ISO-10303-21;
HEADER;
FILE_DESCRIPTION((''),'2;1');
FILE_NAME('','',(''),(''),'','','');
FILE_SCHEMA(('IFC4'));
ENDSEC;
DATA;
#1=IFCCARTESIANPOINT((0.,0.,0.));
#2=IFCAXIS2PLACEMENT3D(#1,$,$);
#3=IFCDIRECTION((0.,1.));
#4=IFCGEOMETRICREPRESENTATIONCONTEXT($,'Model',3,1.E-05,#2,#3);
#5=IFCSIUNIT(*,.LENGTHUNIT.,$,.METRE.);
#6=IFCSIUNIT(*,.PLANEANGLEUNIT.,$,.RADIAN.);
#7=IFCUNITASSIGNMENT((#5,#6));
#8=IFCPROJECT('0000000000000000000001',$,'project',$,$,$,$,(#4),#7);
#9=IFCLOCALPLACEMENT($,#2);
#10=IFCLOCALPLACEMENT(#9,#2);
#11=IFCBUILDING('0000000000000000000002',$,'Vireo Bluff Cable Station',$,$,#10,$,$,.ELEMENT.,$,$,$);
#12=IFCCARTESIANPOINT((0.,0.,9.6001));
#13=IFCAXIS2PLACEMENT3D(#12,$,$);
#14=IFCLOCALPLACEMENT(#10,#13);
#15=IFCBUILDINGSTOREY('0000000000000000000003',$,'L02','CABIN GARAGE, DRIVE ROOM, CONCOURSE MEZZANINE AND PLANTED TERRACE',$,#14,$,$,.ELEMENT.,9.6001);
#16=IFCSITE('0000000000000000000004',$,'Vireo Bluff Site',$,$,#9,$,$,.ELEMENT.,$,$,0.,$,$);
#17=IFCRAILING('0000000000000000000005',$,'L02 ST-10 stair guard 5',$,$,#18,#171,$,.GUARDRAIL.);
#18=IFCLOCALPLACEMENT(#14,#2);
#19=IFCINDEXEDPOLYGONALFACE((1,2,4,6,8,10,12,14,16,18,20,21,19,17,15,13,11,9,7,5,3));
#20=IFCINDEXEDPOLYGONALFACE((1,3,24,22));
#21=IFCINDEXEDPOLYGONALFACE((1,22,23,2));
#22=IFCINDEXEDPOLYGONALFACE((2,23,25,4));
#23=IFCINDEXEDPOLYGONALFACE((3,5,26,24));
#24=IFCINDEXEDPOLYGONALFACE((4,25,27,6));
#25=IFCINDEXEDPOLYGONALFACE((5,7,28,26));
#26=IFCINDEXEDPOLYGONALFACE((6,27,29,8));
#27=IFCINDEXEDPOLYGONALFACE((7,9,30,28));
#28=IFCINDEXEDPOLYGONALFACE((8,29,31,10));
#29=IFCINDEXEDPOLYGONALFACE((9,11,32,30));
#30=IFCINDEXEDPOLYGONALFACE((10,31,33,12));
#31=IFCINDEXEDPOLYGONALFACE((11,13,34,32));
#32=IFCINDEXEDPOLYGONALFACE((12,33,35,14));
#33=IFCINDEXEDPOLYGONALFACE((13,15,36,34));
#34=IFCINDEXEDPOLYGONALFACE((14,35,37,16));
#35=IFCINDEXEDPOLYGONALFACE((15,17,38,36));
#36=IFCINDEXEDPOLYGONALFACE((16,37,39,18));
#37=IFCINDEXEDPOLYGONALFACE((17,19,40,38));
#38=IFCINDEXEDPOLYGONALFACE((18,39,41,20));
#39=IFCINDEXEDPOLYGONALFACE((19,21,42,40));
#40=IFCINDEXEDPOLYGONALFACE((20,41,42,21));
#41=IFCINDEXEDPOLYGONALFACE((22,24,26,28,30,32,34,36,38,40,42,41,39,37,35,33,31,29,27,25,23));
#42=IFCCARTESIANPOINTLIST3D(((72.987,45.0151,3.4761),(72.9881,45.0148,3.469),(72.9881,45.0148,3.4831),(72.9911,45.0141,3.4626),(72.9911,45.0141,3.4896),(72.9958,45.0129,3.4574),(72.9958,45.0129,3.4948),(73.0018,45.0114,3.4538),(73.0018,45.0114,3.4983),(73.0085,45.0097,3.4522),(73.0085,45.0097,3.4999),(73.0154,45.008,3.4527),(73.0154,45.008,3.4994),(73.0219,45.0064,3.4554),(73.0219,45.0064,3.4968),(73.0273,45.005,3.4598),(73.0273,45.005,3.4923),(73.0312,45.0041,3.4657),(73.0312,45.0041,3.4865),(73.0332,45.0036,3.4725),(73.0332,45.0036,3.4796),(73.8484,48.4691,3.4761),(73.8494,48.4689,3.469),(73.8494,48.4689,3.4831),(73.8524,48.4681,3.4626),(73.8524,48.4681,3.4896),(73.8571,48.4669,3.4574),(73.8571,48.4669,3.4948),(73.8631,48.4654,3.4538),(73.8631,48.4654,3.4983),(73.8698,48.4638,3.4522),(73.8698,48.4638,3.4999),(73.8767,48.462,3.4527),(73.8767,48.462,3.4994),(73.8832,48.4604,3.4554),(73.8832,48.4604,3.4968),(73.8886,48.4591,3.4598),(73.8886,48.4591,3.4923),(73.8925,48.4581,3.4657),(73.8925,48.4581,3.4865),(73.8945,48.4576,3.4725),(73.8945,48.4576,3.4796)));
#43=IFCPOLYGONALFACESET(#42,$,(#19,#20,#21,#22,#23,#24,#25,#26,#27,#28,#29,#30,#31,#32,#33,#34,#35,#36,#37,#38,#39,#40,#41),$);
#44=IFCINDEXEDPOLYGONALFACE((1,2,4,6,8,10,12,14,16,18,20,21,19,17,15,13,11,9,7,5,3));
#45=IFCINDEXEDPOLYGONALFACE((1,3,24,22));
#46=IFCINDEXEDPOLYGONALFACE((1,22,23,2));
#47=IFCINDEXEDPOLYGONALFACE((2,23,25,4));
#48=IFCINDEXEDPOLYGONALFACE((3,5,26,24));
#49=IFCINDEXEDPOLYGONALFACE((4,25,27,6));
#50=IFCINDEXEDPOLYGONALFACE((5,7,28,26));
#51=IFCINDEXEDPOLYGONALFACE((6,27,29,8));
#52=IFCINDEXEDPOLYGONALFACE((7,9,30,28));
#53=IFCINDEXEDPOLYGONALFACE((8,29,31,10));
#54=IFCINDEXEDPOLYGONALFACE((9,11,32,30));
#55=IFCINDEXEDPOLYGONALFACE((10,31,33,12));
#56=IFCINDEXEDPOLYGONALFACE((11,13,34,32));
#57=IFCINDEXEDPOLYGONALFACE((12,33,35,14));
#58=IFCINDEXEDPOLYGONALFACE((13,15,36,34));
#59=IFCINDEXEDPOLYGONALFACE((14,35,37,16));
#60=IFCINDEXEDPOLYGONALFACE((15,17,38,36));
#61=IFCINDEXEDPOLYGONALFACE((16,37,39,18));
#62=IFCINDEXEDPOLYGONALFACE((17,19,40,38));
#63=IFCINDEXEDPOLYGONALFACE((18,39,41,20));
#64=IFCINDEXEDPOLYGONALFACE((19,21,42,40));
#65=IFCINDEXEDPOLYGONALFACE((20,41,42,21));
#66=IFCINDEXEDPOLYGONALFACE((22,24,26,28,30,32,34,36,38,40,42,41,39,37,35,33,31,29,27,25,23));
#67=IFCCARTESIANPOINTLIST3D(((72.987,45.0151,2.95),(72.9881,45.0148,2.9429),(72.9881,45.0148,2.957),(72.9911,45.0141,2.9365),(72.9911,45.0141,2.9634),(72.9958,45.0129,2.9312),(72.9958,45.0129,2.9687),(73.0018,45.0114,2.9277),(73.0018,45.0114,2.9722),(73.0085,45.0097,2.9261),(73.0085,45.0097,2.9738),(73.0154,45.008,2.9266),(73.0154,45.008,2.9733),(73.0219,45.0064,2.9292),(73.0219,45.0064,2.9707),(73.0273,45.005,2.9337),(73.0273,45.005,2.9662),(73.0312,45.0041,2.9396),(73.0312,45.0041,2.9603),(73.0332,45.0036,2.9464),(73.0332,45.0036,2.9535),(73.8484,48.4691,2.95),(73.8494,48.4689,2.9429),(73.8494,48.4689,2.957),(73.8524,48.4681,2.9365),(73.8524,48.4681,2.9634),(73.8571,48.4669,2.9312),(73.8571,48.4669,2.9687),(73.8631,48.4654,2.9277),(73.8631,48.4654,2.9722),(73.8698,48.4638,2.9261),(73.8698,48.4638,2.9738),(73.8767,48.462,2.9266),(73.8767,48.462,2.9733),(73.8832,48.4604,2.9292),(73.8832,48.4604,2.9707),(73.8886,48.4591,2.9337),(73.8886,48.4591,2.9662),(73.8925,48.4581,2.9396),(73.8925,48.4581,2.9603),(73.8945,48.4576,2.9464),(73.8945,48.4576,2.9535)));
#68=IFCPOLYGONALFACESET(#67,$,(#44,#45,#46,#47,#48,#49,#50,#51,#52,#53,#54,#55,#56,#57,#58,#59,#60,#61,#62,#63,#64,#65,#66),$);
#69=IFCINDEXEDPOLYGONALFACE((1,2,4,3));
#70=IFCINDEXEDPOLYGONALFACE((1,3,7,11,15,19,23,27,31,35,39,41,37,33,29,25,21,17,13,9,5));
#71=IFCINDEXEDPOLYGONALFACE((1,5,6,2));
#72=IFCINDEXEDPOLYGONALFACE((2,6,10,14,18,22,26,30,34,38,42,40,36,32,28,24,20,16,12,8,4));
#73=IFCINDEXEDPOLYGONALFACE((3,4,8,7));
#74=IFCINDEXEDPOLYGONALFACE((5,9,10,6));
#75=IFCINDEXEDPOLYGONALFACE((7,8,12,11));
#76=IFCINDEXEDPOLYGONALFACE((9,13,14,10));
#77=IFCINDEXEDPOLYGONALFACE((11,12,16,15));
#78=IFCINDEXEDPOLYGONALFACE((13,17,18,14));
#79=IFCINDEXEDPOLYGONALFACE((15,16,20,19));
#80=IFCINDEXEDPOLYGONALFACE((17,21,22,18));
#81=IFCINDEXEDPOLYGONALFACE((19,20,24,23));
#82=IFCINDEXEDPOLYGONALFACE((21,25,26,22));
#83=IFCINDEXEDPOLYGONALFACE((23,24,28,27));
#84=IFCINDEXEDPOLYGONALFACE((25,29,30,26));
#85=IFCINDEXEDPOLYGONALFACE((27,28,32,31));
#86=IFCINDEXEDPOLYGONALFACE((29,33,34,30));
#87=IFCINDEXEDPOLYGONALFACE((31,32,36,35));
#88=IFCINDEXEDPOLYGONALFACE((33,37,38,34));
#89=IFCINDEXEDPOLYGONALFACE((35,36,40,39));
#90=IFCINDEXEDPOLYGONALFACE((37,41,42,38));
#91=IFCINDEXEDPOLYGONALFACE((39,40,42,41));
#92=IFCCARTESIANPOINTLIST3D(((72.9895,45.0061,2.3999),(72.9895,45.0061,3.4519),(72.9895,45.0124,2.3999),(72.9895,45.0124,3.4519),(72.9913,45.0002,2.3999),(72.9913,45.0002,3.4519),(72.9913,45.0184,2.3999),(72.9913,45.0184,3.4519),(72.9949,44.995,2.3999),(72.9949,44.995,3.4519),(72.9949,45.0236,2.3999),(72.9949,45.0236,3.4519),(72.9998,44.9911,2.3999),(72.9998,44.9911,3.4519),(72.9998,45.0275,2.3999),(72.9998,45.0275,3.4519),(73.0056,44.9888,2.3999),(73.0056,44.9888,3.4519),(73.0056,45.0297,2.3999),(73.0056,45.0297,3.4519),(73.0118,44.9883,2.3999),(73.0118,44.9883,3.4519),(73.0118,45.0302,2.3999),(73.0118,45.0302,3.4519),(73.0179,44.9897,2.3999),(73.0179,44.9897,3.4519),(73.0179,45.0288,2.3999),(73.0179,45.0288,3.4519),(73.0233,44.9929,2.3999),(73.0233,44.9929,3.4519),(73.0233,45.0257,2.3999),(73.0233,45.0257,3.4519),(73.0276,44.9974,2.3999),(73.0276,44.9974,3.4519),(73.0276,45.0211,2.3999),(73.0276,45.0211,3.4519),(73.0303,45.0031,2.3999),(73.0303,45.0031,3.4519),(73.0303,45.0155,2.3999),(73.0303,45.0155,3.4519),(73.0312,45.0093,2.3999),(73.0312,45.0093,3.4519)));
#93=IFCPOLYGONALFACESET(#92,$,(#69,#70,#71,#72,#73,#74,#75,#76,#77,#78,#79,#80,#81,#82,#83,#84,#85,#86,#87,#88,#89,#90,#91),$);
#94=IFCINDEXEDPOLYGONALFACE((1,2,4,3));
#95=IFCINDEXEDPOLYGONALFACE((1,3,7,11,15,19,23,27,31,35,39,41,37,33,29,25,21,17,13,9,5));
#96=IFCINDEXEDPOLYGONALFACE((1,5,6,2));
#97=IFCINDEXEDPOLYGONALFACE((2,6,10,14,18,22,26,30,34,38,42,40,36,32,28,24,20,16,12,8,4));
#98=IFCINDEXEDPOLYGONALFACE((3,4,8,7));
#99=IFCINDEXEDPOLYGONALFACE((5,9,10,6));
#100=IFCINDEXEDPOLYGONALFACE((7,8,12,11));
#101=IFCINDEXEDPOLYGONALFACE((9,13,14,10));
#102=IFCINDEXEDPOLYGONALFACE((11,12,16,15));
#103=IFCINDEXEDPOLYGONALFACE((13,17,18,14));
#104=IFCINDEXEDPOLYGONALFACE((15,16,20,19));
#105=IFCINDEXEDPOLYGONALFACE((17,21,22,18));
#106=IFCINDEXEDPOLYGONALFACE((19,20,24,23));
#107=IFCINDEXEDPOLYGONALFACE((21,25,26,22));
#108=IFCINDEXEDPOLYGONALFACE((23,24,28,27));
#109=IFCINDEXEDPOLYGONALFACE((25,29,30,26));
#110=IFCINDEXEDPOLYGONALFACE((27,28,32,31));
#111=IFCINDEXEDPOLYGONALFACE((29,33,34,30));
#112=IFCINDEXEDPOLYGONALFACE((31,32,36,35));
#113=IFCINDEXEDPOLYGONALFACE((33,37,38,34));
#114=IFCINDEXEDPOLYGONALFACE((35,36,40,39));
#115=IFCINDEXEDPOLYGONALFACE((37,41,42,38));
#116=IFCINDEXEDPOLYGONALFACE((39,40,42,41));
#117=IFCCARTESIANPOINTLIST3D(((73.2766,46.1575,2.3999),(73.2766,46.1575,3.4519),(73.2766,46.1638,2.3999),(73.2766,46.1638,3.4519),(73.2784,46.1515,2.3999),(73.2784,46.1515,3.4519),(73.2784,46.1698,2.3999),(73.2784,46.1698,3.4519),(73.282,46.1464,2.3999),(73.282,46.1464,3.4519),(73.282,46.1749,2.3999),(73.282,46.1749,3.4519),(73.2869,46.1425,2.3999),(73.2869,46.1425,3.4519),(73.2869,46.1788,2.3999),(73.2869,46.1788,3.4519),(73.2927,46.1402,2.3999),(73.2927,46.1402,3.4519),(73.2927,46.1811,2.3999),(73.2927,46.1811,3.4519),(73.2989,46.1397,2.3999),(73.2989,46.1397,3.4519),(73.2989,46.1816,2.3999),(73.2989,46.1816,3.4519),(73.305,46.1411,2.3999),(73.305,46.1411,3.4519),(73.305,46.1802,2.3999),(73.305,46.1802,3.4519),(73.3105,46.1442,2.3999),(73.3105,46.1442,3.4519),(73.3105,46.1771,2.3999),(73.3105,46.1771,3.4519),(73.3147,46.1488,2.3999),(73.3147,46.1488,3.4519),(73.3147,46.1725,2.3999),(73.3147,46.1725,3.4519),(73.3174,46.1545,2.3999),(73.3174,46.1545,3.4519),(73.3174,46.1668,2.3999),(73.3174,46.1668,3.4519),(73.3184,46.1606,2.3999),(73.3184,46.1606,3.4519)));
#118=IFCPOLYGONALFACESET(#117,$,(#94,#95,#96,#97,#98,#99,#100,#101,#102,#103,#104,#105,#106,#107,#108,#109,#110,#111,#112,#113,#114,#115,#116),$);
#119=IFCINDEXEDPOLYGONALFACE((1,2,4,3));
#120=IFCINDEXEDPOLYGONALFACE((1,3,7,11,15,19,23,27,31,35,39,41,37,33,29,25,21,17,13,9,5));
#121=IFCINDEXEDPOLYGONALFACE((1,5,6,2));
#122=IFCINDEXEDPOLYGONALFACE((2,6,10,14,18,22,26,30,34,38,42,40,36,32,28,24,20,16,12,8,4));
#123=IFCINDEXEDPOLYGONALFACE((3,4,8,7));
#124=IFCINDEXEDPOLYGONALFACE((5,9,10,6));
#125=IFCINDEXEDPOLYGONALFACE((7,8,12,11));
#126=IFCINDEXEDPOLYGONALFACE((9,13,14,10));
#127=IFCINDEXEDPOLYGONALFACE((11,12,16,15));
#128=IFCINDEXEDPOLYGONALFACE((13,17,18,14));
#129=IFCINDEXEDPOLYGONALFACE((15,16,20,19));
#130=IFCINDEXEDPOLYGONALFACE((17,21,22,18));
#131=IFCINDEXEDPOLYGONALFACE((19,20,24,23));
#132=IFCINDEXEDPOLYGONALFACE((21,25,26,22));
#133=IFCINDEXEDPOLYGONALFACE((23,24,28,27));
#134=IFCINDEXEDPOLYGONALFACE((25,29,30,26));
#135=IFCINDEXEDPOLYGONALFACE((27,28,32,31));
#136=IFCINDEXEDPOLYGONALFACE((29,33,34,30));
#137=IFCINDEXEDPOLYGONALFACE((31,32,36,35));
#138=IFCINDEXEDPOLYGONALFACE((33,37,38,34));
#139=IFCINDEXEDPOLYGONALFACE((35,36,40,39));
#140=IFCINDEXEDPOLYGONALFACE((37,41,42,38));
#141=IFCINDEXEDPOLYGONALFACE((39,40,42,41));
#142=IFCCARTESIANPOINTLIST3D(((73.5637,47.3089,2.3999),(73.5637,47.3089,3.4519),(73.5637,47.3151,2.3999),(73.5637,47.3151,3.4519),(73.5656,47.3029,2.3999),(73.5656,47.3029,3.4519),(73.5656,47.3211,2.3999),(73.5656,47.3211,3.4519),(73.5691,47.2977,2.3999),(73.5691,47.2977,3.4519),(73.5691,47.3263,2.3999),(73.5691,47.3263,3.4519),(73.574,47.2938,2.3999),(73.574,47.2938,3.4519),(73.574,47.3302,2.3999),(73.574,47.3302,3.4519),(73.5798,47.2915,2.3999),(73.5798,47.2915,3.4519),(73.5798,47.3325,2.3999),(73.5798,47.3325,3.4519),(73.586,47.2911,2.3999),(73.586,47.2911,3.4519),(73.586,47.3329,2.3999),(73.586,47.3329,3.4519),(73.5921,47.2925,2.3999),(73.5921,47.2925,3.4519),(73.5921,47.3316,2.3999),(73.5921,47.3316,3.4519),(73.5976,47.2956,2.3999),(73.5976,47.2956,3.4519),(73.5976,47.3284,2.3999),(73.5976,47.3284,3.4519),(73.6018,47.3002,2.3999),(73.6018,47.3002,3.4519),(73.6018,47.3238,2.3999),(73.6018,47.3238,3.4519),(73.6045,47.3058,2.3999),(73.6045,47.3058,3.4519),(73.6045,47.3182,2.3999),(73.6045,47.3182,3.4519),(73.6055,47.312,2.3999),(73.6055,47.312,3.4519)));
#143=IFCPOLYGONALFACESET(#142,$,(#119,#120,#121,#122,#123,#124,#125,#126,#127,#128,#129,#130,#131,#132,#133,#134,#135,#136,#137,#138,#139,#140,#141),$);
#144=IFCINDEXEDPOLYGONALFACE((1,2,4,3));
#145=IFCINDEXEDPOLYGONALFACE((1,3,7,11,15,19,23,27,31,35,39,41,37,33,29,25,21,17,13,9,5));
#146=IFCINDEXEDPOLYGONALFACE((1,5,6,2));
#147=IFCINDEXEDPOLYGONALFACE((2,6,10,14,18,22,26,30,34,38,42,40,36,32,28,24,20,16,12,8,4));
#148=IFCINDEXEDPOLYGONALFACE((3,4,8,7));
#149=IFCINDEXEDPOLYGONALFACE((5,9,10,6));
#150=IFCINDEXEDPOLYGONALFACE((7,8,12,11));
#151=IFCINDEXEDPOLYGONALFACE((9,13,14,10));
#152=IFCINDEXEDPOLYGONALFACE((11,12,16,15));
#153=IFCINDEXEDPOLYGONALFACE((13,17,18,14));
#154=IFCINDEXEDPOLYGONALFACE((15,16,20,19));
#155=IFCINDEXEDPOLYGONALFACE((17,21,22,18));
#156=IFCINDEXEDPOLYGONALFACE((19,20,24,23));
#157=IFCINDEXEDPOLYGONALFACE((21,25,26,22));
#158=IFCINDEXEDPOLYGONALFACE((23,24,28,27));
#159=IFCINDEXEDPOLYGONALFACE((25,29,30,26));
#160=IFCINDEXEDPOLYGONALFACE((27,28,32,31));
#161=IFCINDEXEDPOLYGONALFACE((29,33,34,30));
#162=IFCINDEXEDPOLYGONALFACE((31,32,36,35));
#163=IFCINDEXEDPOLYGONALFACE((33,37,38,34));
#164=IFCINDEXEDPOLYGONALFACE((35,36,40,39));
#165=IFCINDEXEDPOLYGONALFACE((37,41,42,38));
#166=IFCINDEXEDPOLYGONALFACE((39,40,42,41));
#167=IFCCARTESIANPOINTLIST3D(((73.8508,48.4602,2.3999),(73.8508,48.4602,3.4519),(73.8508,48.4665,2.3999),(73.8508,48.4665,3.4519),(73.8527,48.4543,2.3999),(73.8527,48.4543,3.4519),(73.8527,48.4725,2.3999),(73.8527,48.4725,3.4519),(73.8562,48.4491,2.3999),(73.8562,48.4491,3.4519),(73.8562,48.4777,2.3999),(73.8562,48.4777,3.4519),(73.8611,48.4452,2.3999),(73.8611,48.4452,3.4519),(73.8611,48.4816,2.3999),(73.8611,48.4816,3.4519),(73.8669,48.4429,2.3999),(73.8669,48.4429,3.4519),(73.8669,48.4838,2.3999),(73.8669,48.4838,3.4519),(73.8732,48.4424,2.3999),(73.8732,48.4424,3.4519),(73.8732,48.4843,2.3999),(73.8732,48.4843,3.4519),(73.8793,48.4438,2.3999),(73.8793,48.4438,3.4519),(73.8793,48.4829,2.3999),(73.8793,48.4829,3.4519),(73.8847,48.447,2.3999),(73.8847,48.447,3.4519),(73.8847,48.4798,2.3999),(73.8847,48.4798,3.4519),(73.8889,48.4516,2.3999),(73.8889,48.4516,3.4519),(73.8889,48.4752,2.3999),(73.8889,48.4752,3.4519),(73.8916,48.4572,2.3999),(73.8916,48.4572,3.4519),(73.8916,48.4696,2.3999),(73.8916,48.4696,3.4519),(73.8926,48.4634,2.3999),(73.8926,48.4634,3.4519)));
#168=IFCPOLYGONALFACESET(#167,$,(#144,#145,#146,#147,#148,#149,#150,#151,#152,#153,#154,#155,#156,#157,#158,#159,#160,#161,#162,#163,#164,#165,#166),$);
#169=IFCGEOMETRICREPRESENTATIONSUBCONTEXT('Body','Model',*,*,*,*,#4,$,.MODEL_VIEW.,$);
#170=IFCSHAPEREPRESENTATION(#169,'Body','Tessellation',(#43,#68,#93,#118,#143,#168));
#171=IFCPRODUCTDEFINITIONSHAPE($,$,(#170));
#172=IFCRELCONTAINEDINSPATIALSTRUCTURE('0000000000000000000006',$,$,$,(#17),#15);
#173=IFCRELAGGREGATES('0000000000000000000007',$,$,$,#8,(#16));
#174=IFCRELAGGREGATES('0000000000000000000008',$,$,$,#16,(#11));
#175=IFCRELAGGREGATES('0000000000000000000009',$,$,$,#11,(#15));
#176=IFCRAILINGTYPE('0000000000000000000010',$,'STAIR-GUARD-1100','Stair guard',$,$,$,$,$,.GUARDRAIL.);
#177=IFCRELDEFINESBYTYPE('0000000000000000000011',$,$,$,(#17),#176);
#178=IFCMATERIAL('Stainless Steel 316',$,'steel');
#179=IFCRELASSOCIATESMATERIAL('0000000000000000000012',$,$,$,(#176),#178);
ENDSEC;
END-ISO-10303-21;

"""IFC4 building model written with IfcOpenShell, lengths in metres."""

from ifc_helpers import new_model, si_unit, direction, frame, origin, origin_2d, place, context, subcontext, project, spatial, circle, extrude, material, type_object, element, save


model = new_model("IFC4")

# Units and contexts
model_context = context("Model", 3, precision=1e-05, world=origin(), true_north=direction((0.0, 1.0)))
body_context = subcontext(model_context, "Body", "Model", "MODEL_VIEW")
ifc_project = project(units=[si_unit("LENGTHUNIT", "METRE"), si_unit("PLANEANGLEUNIT", "RADIAN")], contexts=[model_context])

# Site, building, storey
site_placement = place(None, origin())
site = spatial("IfcSite", under=ifc_project, at=site_placement, Name="Vireo Bluff Site", CompositionType="ELEMENT", RefElevation=0.0)
building_placement = place(site_placement, origin())
building = spatial("IfcBuilding", under=site, at=building_placement, Name="Vireo Bluff Cable Station", CompositionType="ELEMENT")
storey_placement = place(building_placement, frame((0.0, 0.0, 9.6001)))
storey = spatial("IfcBuildingStorey", under=building, at=storey_placement, Name="L02", Description="CABIN GARAGE, DRIVE ROOM, CONCOURSE MEZZANINE AND PLANTED TERRACE", CompositionType="ELEMENT", Elevation=9.6001)

# Railing
ifc_material_1 = material(Name="Stainless Steel 316", Category="steel")
railing_type = type_object("IfcRailingType", Name="STAIR-GUARD-1100", Description="Stair guard", PredefinedType="GUARDRAIL", material=ifc_material_1)
railing_1_placement = place(storey_placement, frame((73.0103, 45.0093, 2.3999)))
element("IfcRailing", 1, at=railing_1_placement, inside=storey, type_object=railing_type, Name="L02 ST-10 stair guard 5", PredefinedType="GUARDRAIL", context=body_context, shape_type="SweptSolid", body=[
    extrude(circle(Radius=0.0239, at=origin_2d()), frame((0.0, 0.0, 1.0762), z_axis=(0.241955, 0.970288, 0.0), x_axis=(-0.970288, 0.241955, 0.0)), (0.0, 0.0, 1.0), 3.5598),
    extrude(circle(Radius=0.0239, at=origin_2d()), frame((0.0, 0.0, 0.55), z_axis=(0.241955, 0.970288, 0.0), x_axis=(-0.970288, 0.241955, 0.0)), (0.0, 0.0, 1.0), 3.5598),
    extrude(circle(Radius=0.021, at=origin_2d()), origin(), (0.0, 0.0, 1.0), 1.052),
    extrude(circle(Radius=0.021, at=origin_2d()), frame((0.2871, 1.1514, 0.0)), (0.0, 0.0, 1.0), 1.052),
    extrude(circle(Radius=0.021, at=origin_2d()), frame((0.5742, 2.3027, 0.0)), (0.0, 0.0, 1.0), 1.052),
    extrude(circle(Radius=0.021, at=origin_2d()), frame((0.8613, 3.4541, 0.0)), (0.0, 0.0, 1.0), 1.052),
])

save(model, "model.ifc")
